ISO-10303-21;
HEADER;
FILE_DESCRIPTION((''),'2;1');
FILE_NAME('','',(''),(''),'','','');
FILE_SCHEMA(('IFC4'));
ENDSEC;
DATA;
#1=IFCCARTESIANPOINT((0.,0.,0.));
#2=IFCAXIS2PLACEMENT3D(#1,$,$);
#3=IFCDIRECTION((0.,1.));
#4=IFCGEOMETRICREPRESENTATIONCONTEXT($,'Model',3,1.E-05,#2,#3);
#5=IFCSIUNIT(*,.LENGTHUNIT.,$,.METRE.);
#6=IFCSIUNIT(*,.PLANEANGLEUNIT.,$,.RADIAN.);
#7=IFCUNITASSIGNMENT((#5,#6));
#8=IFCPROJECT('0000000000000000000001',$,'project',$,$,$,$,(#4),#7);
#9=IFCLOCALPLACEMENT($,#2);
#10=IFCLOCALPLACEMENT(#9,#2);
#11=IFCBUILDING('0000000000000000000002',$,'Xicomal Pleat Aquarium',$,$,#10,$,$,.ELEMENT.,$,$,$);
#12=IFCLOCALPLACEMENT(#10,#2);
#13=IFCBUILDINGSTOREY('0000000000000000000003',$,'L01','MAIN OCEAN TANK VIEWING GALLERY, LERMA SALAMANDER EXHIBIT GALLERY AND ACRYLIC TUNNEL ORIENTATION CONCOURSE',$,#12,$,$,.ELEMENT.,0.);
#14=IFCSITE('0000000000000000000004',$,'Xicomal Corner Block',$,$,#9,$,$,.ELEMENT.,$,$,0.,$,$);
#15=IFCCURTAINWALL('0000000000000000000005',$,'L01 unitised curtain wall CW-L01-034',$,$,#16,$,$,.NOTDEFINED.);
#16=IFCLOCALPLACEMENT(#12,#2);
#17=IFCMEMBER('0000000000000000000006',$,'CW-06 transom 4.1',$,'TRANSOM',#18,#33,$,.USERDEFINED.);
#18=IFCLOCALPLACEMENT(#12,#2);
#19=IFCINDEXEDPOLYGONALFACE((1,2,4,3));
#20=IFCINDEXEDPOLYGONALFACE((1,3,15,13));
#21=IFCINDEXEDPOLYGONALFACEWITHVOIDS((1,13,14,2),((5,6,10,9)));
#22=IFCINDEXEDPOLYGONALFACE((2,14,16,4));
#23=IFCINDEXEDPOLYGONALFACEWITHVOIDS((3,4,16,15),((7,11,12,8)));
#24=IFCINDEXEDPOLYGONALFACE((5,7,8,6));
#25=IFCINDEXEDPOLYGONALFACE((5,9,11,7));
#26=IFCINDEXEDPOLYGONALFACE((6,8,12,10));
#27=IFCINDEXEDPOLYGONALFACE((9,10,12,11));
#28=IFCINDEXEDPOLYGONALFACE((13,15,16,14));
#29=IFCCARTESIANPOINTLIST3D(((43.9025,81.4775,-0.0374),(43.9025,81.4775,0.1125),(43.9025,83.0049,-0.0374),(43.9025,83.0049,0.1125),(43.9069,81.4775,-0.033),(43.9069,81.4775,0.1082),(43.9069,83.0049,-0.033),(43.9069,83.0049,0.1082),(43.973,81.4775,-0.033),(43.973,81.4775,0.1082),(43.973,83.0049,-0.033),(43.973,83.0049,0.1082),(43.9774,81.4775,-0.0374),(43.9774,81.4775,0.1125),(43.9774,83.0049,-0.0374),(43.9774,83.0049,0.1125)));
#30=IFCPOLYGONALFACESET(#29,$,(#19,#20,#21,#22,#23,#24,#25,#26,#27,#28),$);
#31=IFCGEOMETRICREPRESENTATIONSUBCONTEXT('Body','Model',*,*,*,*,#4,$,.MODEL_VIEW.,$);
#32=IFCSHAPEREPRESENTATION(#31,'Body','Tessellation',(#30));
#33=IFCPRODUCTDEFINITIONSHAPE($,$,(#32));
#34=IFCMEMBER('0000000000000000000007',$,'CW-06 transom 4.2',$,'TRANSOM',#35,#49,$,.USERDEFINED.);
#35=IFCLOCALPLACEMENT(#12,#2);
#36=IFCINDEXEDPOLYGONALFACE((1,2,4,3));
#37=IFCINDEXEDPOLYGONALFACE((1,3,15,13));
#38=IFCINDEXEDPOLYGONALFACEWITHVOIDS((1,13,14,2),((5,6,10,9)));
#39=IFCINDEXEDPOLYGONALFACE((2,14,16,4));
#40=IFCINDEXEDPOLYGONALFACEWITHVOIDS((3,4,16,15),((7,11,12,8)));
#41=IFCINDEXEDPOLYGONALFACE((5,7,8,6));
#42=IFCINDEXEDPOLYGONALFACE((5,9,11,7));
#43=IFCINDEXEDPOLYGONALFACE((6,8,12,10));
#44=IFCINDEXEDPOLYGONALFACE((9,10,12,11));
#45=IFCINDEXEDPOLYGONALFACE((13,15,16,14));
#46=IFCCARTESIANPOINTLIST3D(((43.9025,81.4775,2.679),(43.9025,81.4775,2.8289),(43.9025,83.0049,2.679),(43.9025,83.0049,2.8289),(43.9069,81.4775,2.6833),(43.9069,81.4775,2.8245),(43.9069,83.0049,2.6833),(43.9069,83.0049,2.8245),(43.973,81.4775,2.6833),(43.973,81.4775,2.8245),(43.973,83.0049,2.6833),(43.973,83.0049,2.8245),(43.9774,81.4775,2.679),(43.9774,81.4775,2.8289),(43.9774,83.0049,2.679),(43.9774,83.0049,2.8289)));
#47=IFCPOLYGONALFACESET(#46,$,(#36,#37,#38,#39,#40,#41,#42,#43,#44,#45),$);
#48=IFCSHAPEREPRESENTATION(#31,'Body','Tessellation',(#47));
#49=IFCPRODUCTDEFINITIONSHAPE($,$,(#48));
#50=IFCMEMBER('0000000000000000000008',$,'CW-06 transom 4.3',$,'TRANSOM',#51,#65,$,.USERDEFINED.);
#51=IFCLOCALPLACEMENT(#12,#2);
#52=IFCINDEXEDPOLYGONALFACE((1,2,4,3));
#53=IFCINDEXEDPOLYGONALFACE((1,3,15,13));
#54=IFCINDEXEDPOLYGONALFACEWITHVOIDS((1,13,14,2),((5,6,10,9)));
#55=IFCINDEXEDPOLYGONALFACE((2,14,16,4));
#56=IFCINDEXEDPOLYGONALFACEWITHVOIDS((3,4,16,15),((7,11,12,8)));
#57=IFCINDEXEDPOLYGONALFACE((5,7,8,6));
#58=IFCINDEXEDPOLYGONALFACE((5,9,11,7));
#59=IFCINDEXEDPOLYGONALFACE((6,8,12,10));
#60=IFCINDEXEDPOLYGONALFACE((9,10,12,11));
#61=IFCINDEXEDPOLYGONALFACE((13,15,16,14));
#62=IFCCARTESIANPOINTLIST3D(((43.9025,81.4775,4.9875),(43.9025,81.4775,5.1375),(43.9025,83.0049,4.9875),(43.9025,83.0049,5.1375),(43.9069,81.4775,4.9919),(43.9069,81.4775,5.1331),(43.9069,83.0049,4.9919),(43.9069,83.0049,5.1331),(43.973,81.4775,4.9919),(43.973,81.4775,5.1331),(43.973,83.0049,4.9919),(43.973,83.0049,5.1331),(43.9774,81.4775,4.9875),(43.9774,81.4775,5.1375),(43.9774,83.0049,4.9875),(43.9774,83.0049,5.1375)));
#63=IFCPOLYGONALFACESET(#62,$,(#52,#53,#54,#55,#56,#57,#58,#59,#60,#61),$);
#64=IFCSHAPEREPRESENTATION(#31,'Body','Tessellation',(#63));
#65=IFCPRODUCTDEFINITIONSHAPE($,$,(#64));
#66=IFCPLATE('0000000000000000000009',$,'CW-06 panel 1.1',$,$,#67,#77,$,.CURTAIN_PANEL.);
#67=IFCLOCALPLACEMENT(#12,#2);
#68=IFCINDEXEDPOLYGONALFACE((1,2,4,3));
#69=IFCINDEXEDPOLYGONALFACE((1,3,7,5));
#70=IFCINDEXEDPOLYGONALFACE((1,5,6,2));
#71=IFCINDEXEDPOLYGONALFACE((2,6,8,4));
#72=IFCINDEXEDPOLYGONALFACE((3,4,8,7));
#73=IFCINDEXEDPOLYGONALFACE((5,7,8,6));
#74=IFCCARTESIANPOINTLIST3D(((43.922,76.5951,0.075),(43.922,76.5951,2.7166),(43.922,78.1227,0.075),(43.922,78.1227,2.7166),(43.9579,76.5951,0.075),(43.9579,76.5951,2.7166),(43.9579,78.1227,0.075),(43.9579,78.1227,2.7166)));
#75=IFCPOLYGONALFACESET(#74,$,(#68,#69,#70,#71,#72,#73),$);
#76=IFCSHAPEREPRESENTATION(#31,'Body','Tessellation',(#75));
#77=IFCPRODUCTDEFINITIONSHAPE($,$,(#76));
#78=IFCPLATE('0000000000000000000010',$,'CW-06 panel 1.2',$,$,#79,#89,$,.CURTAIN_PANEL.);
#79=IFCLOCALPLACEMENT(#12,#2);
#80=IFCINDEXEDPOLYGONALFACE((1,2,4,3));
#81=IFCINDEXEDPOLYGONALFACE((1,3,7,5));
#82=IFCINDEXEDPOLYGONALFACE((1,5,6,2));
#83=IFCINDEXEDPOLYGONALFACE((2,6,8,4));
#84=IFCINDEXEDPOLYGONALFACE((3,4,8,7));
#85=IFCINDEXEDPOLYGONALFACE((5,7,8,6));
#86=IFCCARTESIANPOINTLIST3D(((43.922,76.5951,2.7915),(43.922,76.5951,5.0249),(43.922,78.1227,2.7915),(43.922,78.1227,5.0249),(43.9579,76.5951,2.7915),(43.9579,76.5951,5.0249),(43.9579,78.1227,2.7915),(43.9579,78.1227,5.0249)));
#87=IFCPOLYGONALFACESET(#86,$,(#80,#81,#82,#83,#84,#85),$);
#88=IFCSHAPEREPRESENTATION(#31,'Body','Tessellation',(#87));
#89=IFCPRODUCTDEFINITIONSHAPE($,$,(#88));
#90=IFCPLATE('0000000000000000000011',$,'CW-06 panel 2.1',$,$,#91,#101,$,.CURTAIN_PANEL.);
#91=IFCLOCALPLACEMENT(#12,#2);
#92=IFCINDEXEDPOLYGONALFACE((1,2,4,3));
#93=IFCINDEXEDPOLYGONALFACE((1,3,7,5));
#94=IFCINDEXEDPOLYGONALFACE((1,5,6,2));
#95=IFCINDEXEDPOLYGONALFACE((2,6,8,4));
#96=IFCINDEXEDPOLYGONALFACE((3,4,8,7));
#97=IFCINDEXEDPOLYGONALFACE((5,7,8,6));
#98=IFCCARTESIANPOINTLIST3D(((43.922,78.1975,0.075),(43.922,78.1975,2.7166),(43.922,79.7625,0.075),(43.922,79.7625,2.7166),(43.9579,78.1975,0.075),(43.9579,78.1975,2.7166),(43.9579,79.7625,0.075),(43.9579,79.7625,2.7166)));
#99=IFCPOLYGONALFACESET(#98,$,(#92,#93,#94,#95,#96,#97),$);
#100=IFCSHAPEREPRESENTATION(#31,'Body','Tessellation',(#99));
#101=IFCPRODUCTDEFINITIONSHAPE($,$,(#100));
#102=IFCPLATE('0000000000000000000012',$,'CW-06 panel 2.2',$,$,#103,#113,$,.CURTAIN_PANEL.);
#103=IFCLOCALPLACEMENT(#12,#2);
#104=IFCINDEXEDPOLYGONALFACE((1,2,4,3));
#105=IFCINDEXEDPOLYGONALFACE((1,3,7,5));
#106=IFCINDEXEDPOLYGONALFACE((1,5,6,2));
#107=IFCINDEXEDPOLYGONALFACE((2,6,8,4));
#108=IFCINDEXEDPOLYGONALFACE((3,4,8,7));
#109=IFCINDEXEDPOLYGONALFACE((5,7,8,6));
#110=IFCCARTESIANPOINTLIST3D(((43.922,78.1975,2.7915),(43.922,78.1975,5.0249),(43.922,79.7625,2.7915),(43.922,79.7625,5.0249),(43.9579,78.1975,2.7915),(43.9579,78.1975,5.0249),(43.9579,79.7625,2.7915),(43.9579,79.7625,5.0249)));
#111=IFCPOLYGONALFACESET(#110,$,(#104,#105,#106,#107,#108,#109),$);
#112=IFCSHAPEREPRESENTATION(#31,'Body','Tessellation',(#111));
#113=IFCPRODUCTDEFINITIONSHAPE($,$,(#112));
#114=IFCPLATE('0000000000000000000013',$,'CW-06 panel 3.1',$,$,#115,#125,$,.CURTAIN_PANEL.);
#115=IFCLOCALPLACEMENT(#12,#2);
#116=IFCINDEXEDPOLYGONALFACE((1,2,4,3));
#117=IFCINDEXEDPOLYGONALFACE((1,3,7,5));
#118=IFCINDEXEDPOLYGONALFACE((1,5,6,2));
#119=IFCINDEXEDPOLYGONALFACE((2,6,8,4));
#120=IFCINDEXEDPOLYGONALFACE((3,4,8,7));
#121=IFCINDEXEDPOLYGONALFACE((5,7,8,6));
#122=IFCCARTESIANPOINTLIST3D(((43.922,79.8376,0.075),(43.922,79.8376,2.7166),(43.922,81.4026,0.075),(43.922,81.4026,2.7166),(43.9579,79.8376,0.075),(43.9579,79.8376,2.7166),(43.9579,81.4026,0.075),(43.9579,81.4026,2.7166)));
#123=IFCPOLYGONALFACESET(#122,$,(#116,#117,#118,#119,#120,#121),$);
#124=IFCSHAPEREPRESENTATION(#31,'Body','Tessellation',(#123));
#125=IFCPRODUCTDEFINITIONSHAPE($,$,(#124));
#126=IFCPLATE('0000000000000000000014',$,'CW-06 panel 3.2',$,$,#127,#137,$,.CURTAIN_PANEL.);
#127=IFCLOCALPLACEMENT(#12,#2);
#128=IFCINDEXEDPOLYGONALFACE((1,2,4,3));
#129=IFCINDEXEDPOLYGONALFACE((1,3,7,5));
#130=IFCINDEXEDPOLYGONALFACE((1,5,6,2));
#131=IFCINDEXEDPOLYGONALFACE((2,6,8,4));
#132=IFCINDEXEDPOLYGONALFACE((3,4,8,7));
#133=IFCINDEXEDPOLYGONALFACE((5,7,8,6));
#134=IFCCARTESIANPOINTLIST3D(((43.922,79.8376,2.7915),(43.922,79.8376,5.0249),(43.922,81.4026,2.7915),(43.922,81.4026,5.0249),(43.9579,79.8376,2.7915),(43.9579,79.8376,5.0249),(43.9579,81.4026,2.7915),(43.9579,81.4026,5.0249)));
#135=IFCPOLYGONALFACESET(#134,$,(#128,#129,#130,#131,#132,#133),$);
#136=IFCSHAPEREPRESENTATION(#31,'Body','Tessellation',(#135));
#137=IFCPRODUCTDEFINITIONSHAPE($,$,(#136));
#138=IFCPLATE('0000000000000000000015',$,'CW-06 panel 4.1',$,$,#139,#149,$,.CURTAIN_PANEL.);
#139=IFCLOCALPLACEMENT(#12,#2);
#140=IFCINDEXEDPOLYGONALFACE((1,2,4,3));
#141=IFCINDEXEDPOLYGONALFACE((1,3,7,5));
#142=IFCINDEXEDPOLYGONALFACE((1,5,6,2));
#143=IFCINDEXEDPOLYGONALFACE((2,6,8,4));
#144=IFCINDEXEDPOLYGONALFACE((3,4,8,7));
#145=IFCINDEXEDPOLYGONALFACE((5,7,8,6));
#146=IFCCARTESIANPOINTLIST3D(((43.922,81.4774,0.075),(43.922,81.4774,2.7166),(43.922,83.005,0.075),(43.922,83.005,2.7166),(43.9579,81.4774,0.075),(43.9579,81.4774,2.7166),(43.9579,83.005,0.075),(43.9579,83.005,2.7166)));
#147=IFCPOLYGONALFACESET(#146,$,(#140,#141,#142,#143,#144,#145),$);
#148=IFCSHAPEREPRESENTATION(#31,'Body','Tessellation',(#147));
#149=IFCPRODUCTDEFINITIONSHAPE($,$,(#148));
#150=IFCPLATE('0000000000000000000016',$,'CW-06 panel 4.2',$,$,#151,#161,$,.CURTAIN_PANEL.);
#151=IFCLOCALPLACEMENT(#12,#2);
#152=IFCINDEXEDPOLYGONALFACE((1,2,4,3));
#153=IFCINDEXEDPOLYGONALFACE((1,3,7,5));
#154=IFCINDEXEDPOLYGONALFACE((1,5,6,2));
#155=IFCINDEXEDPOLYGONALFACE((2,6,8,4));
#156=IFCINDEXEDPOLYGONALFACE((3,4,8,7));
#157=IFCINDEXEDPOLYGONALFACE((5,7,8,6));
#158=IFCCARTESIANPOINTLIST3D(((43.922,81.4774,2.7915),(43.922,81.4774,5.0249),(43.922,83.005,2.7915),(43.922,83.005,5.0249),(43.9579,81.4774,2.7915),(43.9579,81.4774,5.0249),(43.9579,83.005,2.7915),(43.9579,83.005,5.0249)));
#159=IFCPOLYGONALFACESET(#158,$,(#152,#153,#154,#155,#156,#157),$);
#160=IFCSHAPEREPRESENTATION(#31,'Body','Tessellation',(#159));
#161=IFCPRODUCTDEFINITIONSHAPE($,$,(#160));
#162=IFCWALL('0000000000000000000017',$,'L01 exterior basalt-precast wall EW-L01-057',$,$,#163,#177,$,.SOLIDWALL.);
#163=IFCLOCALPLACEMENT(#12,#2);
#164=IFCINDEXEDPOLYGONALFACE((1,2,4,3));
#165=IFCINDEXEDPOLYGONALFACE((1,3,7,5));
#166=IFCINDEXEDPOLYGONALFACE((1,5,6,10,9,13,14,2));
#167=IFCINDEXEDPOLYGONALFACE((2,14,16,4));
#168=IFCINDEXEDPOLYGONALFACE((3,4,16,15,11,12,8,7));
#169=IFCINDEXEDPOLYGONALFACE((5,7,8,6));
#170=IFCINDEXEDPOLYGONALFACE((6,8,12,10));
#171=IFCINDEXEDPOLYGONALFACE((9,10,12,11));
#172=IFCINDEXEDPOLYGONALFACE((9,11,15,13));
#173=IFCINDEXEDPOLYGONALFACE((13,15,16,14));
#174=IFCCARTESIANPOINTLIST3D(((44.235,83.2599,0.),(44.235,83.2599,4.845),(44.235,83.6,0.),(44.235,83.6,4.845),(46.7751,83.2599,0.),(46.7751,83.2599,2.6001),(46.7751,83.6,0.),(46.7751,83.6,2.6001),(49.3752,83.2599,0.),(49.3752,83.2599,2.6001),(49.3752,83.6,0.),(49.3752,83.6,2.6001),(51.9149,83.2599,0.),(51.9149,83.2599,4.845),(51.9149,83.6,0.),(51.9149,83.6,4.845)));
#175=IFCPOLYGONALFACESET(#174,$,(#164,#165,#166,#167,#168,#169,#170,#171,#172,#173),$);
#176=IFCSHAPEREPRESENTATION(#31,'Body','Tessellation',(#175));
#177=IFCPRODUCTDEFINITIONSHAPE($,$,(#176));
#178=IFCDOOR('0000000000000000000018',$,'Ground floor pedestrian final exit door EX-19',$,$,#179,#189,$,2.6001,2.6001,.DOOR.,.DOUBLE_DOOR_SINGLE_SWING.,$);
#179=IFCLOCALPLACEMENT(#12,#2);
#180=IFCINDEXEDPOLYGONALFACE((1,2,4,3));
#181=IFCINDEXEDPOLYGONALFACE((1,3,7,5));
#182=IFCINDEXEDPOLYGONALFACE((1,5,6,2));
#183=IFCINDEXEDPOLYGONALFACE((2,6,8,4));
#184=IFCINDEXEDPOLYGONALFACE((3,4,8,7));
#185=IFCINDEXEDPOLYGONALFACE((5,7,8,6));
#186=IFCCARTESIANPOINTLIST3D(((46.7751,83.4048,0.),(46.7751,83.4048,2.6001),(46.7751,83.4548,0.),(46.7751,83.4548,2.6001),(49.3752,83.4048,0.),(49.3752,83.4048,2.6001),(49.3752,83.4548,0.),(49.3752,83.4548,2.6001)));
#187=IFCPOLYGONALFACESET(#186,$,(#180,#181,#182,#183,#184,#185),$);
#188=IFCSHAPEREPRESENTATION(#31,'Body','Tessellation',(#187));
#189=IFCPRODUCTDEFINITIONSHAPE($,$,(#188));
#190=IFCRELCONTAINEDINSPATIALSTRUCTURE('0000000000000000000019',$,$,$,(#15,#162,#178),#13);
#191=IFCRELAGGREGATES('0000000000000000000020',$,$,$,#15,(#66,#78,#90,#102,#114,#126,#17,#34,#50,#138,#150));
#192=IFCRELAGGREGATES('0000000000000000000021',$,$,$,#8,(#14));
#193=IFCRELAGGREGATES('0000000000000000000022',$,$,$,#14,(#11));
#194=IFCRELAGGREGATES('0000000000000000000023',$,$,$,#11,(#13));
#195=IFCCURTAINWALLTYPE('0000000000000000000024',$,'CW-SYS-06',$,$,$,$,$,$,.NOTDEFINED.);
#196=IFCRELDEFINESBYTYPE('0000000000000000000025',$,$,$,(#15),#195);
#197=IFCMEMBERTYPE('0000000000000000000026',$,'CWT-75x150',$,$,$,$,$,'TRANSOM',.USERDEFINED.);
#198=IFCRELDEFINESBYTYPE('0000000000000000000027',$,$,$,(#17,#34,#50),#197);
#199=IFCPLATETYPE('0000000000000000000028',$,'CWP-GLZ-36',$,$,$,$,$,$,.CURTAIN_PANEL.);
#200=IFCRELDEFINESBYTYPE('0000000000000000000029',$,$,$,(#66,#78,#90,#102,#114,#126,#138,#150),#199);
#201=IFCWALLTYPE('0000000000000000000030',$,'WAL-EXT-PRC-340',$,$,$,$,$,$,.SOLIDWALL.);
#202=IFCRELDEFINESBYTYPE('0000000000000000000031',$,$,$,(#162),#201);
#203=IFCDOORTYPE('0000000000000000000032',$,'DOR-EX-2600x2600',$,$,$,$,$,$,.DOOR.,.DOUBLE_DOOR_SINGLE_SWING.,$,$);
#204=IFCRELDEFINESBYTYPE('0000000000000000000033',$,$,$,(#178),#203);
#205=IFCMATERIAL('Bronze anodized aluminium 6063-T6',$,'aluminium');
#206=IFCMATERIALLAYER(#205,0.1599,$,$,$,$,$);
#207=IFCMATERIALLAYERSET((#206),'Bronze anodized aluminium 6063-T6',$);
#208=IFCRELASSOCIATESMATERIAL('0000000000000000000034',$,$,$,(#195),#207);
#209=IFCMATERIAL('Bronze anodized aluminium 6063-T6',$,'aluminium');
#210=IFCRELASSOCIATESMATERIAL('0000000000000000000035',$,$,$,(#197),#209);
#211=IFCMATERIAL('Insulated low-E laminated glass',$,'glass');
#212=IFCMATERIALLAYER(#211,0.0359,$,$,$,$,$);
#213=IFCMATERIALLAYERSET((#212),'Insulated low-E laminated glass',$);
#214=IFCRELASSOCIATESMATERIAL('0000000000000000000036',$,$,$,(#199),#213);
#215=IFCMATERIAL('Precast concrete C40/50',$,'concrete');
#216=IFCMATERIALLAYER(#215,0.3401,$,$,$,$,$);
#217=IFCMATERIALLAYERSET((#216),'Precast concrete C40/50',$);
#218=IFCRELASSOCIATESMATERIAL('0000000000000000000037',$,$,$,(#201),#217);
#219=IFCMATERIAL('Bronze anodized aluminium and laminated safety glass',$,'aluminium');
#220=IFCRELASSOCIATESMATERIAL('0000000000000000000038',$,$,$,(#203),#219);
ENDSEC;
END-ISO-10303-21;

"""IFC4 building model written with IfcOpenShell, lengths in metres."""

from ifc_helpers import new_model, si_unit, direction, frame, frame_2d, origin, origin_2d, place, context, subcontext, project, spatial, rectangle, hollow_rectangle, extrude, material, layer, layer_set, material_profile, profile_set, type_object, element, fill, aggregate, save


model = new_model("IFC4")

# Units and contexts
model_context = context("Model", 3, precision=1e-05, world=origin(), true_north=direction((0.0, 1.0)))
body_context = subcontext(model_context, "Body", "Model", "MODEL_VIEW")
ifc_project = project(units=[si_unit("LENGTHUNIT", "METRE"), si_unit("PLANEANGLEUNIT", "RADIAN")], contexts=[model_context])

# Site, building, storey
site_placement = place(None, origin())
site = spatial("IfcSite", under=ifc_project, at=site_placement, Name="Xicomal Corner Block", CompositionType="ELEMENT", RefElevation=0.0)
building_placement = place(site_placement, origin())
building = spatial("IfcBuilding", under=site, at=building_placement, Name="Xicomal Pleat Aquarium", CompositionType="ELEMENT")
storey_placement = place(building_placement, origin())
storey = spatial("IfcBuildingStorey", under=building, at=storey_placement, Name="L01", Description="MAIN OCEAN TANK VIEWING GALLERY, LERMA SALAMANDER EXHIBIT GALLERY AND ACRYLIC TUNNEL ORIENTATION CONCOURSE", CompositionType="ELEMENT", Elevation=0.0)

# Curtain wall, members, plates
ifc_material_1 = material(Name="Bronze anodized aluminium 6063-T6", Category="aluminium")
ifc_layer_1 = layer(ifc_material_1, 0.1599)
ifc_layer_set_1 = layer_set([ifc_layer_1], Name="Bronze anodized aluminium 6063-T6")
curtain_wall_type = type_object("IfcCurtainWallType", Name="CW-SYS-06", PredefinedType="NOTDEFINED", material=ifc_layer_set_1)
curtain_wall_placement = place(storey_placement, origin())
curtain_wall = element("IfcCurtainWall", 1, at=curtain_wall_placement, inside=storey, type_object=curtain_wall_type, Name="L01 unitised curtain wall CW-L01-034", PredefinedType="NOTDEFINED")
ifc_material_2 = material(Name="Bronze anodized aluminium 6063-T6", Category="aluminium")
ifc_material_profile_1 = material_profile(ifc_material_2, hollow_rectangle(XDim=0.075, YDim=0.1499, WallThickness=0.0044, at=origin_2d()), Name="ALU TRAN 75x150")
ifc_profile_set_1 = profile_set([ifc_material_profile_1], Name="Bronze anodized aluminium 6063-T6")
member_type_1 = type_object("IfcMemberType", Name="CWT-75x150", ElementType="TRANSOM", PredefinedType="USERDEFINED", material=ifc_profile_set_1)
member_1_placement = place(storey_placement, frame((43.9399, 81.4775, 0.0376), z_axis=(0.0, 1.0, 0.0), x_axis=(-1.0, 0.0, 0.0)))
member_1 = element("IfcMember", 2, at=member_1_placement, type_object=member_type_1, Name="CW-06 transom 4.1", ObjectType="TRANSOM", PredefinedType="USERDEFINED", context=body_context, shape_type="SweptSolid", body=[
    extrude(hollow_rectangle(XDim=0.075, YDim=0.1499, WallThickness=0.0044, at=origin_2d()), origin(), (0.0, 0.0, 1.0), 1.5273),
])
member_2_placement = place(storey_placement, frame((43.9399, 81.4775, 2.7539), z_axis=(0.0, 1.0, 0.0), x_axis=(-1.0, 0.0, 0.0)))
member_2 = element("IfcMember", 3, at=member_2_placement, type_object=member_type_1, Name="CW-06 transom 4.2", ObjectType="TRANSOM", PredefinedType="USERDEFINED", context=body_context, shape_type="SweptSolid", body=[
    extrude(hollow_rectangle(XDim=0.075, YDim=0.1499, WallThickness=0.0044, at=origin_2d()), origin(), (0.0, 0.0, 1.0), 1.5273),
])
member_3_placement = place(storey_placement, frame((43.9399, 81.4775, 5.0625), z_axis=(0.0, 1.0, 0.0), x_axis=(-1.0, 0.0, 0.0)))
member_3 = element("IfcMember", 4, at=member_3_placement, type_object=member_type_1, Name="CW-06 transom 4.3", ObjectType="TRANSOM", PredefinedType="USERDEFINED", context=body_context, shape_type="SweptSolid", body=[
    extrude(hollow_rectangle(XDim=0.075, YDim=0.1499, WallThickness=0.0044, at=origin_2d()), origin(), (0.0, 0.0, 1.0), 1.5273),
])
ifc_material_3 = material(Name="Insulated low-E laminated glass", Category="glass")
ifc_layer_2 = layer(ifc_material_3, 0.0359)
ifc_layer_set_2 = layer_set([ifc_layer_2], Name="Insulated low-E laminated glass")
plate_type = type_object("IfcPlateType", Name="CWP-GLZ-36", PredefinedType="CURTAIN_PANEL", material=ifc_layer_set_2)
plate_1_placement = place(storey_placement, frame((43.9399, 77.3589, 0.075), z_axis=(0.0, 0.0, 1.0), x_axis=(0.0, 1.0, 0.0)))
plate_1 = element("IfcPlate", 5, at=plate_1_placement, type_object=plate_type, Name="CW-06 panel 1.1", PredefinedType="CURTAIN_PANEL", context=body_context, shape_type="SweptSolid", body=[
    extrude(rectangle(XDim=1.5276, YDim=0.0359, at=origin_2d()), origin(), (0.0, 0.0, 1.0), 2.6416),
])
plate_2_placement = place(storey_placement, frame((43.9399, 77.3589, 2.7915), z_axis=(0.0, 0.0, 1.0), x_axis=(0.0, 1.0, 0.0)))
plate_2 = element("IfcPlate", 6, at=plate_2_placement, type_object=plate_type, Name="CW-06 panel 1.2", PredefinedType="CURTAIN_PANEL", context=body_context, shape_type="SweptSolid", body=[
    extrude(rectangle(XDim=1.5276, YDim=0.0359, at=origin_2d()), origin(), (0.0, 0.0, 1.0), 2.2334),
])
plate_3_placement = place(storey_placement, frame((43.9399, 78.98, 0.075), z_axis=(0.0, 0.0, 1.0), x_axis=(0.0, 1.0, 0.0)))
plate_3 = element("IfcPlate", 7, at=plate_3_placement, type_object=plate_type, Name="CW-06 panel 2.1", PredefinedType="CURTAIN_PANEL", context=body_context, shape_type="SweptSolid", body=[
    extrude(rectangle(XDim=1.5649, YDim=0.0359, at=origin_2d()), origin(), (0.0, 0.0, 1.0), 2.6416),
])
plate_4_placement = place(storey_placement, frame((43.9399, 78.98, 2.7915), z_axis=(0.0, 0.0, 1.0), x_axis=(0.0, 1.0, 0.0)))
plate_4 = element("IfcPlate", 8, at=plate_4_placement, type_object=plate_type, Name="CW-06 panel 2.2", PredefinedType="CURTAIN_PANEL", context=body_context, shape_type="SweptSolid", body=[
    extrude(rectangle(XDim=1.5649, YDim=0.0359, at=origin_2d()), origin(), (0.0, 0.0, 1.0), 2.2334),
])
plate_5_placement = place(storey_placement, frame((43.9399, 80.6201, 0.075), z_axis=(0.0, 0.0, 1.0), x_axis=(0.0, 1.0, 0.0)))
plate_5 = element("IfcPlate", 9, at=plate_5_placement, type_object=plate_type, Name="CW-06 panel 3.1", PredefinedType="CURTAIN_PANEL", context=body_context, shape_type="SweptSolid", body=[
    extrude(rectangle(XDim=1.5649, YDim=0.0359, at=origin_2d()), origin(), (0.0, 0.0, 1.0), 2.6416),
])
plate_6_placement = place(storey_placement, frame((43.9399, 80.6201, 2.7915), z_axis=(0.0, 0.0, 1.0), x_axis=(0.0, 1.0, 0.0)))
plate_6 = element("IfcPlate", 10, at=plate_6_placement, type_object=plate_type, Name="CW-06 panel 3.2", PredefinedType="CURTAIN_PANEL", context=body_context, shape_type="SweptSolid", body=[
    extrude(rectangle(XDim=1.5649, YDim=0.0359, at=origin_2d()), origin(), (0.0, 0.0, 1.0), 2.2334),
])
plate_7_placement = place(storey_placement, frame((43.9399, 82.2412, 0.075), z_axis=(0.0, 0.0, 1.0), x_axis=(0.0, 1.0, 0.0)))
plate_7 = element("IfcPlate", 11, at=plate_7_placement, type_object=plate_type, Name="CW-06 panel 4.1", PredefinedType="CURTAIN_PANEL", context=body_context, shape_type="SweptSolid", body=[
    extrude(rectangle(XDim=1.5276, YDim=0.0359, at=origin_2d()), origin(), (0.0, 0.0, 1.0), 2.6416),
])
plate_8_placement = place(storey_placement, frame((43.9399, 82.2412, 2.7915), z_axis=(0.0, 0.0, 1.0), x_axis=(0.0, 1.0, 0.0)))
plate_8 = element("IfcPlate", 12, at=plate_8_placement, type_object=plate_type, Name="CW-06 panel 4.2", PredefinedType="CURTAIN_PANEL", context=body_context, shape_type="SweptSolid", body=[
    extrude(rectangle(XDim=1.5276, YDim=0.0359, at=origin_2d()), origin(), (0.0, 0.0, 1.0), 2.2334),
])
aggregate(curtain_wall, [plate_1, plate_2, plate_3, plate_4, plate_5, plate_6, member_1, member_2, member_3, plate_7, plate_8])

# Wall, opening, door
ifc_material_4 = material(Name="Precast concrete C40/50", Category="concrete")
ifc_layer_3 = layer(ifc_material_4, 0.3401)
ifc_layer_set_3 = layer_set([ifc_layer_3], Name="Precast concrete C40/50")
wall_type = type_object("IfcWallType", Name="WAL-EXT-PRC-340", PredefinedType="SOLIDWALL", material=ifc_layer_set_3)
wall_placement = place(storey_placement, frame((44.2351, 83.4299, 0.0), z_axis=(0.0, 0.0, 1.0), x_axis=(1.0, 0.0, 0.0)))
wall = element("IfcWall", 13, at=wall_placement, inside=storey, type_object=wall_type, Name="L01 exterior basalt-precast wall EW-L01-057", PredefinedType="SOLIDWALL", context=body_context, shape_type="SweptSolid", body=[
    extrude(rectangle(XDim=7.6799, YDim=0.3401, at=frame_2d((3.8398, 0.0))), origin(), (0.0, 0.0, 1.0), 4.845),
])
opening_placement = place(wall_placement, frame((2.54, 0.0, 0.0)))
opening = element("IfcOpeningElement", 14, at=opening_placement, cuts=wall, PredefinedType="OPENING", context=body_context, shape_type="SweptSolid", body=[
    extrude(rectangle(XDim=2.6001, YDim=2.6001, at=frame_2d((1.3, 1.3))), frame((0.0, 0.1799, 0.0), z_axis=(0.0, -1.0, 0.0), x_axis=(1.0, 0.0, 0.0)), (0.0, 0.0, 1.0), 0.3601),
])
ifc_material_5 = material(Name="Bronze anodized aluminium and laminated safety glass", Category="aluminium")
door_type = type_object("IfcDoorType", Name="DOR-EX-2600x2600", OperationType="DOUBLE_DOOR_SINGLE_SWING", PredefinedType="DOOR", material=ifc_material_5)
door_placement = place(opening_placement, origin())
door = element("IfcDoor", 15, at=door_placement, inside=storey, type_object=door_type, Name="Ground floor pedestrian final exit door EX-19", OperationType="DOUBLE_DOOR_SINGLE_SWING", OverallHeight=2.6001, OverallWidth=2.6001, PredefinedType="DOOR", context=body_context, shape_type="SweptSolid", body=[
    extrude(rectangle(XDim=2.6001, YDim=2.6001, at=frame_2d((1.3, 1.3))), frame((0.0, 0.0249, 0.0), z_axis=(0.0, -1.0, 0.0), x_axis=(1.0, 0.0, 0.0)), (0.0, 0.0, 1.0), 0.05),
])
fill(opening, door)

save(model, "model.ifc")
